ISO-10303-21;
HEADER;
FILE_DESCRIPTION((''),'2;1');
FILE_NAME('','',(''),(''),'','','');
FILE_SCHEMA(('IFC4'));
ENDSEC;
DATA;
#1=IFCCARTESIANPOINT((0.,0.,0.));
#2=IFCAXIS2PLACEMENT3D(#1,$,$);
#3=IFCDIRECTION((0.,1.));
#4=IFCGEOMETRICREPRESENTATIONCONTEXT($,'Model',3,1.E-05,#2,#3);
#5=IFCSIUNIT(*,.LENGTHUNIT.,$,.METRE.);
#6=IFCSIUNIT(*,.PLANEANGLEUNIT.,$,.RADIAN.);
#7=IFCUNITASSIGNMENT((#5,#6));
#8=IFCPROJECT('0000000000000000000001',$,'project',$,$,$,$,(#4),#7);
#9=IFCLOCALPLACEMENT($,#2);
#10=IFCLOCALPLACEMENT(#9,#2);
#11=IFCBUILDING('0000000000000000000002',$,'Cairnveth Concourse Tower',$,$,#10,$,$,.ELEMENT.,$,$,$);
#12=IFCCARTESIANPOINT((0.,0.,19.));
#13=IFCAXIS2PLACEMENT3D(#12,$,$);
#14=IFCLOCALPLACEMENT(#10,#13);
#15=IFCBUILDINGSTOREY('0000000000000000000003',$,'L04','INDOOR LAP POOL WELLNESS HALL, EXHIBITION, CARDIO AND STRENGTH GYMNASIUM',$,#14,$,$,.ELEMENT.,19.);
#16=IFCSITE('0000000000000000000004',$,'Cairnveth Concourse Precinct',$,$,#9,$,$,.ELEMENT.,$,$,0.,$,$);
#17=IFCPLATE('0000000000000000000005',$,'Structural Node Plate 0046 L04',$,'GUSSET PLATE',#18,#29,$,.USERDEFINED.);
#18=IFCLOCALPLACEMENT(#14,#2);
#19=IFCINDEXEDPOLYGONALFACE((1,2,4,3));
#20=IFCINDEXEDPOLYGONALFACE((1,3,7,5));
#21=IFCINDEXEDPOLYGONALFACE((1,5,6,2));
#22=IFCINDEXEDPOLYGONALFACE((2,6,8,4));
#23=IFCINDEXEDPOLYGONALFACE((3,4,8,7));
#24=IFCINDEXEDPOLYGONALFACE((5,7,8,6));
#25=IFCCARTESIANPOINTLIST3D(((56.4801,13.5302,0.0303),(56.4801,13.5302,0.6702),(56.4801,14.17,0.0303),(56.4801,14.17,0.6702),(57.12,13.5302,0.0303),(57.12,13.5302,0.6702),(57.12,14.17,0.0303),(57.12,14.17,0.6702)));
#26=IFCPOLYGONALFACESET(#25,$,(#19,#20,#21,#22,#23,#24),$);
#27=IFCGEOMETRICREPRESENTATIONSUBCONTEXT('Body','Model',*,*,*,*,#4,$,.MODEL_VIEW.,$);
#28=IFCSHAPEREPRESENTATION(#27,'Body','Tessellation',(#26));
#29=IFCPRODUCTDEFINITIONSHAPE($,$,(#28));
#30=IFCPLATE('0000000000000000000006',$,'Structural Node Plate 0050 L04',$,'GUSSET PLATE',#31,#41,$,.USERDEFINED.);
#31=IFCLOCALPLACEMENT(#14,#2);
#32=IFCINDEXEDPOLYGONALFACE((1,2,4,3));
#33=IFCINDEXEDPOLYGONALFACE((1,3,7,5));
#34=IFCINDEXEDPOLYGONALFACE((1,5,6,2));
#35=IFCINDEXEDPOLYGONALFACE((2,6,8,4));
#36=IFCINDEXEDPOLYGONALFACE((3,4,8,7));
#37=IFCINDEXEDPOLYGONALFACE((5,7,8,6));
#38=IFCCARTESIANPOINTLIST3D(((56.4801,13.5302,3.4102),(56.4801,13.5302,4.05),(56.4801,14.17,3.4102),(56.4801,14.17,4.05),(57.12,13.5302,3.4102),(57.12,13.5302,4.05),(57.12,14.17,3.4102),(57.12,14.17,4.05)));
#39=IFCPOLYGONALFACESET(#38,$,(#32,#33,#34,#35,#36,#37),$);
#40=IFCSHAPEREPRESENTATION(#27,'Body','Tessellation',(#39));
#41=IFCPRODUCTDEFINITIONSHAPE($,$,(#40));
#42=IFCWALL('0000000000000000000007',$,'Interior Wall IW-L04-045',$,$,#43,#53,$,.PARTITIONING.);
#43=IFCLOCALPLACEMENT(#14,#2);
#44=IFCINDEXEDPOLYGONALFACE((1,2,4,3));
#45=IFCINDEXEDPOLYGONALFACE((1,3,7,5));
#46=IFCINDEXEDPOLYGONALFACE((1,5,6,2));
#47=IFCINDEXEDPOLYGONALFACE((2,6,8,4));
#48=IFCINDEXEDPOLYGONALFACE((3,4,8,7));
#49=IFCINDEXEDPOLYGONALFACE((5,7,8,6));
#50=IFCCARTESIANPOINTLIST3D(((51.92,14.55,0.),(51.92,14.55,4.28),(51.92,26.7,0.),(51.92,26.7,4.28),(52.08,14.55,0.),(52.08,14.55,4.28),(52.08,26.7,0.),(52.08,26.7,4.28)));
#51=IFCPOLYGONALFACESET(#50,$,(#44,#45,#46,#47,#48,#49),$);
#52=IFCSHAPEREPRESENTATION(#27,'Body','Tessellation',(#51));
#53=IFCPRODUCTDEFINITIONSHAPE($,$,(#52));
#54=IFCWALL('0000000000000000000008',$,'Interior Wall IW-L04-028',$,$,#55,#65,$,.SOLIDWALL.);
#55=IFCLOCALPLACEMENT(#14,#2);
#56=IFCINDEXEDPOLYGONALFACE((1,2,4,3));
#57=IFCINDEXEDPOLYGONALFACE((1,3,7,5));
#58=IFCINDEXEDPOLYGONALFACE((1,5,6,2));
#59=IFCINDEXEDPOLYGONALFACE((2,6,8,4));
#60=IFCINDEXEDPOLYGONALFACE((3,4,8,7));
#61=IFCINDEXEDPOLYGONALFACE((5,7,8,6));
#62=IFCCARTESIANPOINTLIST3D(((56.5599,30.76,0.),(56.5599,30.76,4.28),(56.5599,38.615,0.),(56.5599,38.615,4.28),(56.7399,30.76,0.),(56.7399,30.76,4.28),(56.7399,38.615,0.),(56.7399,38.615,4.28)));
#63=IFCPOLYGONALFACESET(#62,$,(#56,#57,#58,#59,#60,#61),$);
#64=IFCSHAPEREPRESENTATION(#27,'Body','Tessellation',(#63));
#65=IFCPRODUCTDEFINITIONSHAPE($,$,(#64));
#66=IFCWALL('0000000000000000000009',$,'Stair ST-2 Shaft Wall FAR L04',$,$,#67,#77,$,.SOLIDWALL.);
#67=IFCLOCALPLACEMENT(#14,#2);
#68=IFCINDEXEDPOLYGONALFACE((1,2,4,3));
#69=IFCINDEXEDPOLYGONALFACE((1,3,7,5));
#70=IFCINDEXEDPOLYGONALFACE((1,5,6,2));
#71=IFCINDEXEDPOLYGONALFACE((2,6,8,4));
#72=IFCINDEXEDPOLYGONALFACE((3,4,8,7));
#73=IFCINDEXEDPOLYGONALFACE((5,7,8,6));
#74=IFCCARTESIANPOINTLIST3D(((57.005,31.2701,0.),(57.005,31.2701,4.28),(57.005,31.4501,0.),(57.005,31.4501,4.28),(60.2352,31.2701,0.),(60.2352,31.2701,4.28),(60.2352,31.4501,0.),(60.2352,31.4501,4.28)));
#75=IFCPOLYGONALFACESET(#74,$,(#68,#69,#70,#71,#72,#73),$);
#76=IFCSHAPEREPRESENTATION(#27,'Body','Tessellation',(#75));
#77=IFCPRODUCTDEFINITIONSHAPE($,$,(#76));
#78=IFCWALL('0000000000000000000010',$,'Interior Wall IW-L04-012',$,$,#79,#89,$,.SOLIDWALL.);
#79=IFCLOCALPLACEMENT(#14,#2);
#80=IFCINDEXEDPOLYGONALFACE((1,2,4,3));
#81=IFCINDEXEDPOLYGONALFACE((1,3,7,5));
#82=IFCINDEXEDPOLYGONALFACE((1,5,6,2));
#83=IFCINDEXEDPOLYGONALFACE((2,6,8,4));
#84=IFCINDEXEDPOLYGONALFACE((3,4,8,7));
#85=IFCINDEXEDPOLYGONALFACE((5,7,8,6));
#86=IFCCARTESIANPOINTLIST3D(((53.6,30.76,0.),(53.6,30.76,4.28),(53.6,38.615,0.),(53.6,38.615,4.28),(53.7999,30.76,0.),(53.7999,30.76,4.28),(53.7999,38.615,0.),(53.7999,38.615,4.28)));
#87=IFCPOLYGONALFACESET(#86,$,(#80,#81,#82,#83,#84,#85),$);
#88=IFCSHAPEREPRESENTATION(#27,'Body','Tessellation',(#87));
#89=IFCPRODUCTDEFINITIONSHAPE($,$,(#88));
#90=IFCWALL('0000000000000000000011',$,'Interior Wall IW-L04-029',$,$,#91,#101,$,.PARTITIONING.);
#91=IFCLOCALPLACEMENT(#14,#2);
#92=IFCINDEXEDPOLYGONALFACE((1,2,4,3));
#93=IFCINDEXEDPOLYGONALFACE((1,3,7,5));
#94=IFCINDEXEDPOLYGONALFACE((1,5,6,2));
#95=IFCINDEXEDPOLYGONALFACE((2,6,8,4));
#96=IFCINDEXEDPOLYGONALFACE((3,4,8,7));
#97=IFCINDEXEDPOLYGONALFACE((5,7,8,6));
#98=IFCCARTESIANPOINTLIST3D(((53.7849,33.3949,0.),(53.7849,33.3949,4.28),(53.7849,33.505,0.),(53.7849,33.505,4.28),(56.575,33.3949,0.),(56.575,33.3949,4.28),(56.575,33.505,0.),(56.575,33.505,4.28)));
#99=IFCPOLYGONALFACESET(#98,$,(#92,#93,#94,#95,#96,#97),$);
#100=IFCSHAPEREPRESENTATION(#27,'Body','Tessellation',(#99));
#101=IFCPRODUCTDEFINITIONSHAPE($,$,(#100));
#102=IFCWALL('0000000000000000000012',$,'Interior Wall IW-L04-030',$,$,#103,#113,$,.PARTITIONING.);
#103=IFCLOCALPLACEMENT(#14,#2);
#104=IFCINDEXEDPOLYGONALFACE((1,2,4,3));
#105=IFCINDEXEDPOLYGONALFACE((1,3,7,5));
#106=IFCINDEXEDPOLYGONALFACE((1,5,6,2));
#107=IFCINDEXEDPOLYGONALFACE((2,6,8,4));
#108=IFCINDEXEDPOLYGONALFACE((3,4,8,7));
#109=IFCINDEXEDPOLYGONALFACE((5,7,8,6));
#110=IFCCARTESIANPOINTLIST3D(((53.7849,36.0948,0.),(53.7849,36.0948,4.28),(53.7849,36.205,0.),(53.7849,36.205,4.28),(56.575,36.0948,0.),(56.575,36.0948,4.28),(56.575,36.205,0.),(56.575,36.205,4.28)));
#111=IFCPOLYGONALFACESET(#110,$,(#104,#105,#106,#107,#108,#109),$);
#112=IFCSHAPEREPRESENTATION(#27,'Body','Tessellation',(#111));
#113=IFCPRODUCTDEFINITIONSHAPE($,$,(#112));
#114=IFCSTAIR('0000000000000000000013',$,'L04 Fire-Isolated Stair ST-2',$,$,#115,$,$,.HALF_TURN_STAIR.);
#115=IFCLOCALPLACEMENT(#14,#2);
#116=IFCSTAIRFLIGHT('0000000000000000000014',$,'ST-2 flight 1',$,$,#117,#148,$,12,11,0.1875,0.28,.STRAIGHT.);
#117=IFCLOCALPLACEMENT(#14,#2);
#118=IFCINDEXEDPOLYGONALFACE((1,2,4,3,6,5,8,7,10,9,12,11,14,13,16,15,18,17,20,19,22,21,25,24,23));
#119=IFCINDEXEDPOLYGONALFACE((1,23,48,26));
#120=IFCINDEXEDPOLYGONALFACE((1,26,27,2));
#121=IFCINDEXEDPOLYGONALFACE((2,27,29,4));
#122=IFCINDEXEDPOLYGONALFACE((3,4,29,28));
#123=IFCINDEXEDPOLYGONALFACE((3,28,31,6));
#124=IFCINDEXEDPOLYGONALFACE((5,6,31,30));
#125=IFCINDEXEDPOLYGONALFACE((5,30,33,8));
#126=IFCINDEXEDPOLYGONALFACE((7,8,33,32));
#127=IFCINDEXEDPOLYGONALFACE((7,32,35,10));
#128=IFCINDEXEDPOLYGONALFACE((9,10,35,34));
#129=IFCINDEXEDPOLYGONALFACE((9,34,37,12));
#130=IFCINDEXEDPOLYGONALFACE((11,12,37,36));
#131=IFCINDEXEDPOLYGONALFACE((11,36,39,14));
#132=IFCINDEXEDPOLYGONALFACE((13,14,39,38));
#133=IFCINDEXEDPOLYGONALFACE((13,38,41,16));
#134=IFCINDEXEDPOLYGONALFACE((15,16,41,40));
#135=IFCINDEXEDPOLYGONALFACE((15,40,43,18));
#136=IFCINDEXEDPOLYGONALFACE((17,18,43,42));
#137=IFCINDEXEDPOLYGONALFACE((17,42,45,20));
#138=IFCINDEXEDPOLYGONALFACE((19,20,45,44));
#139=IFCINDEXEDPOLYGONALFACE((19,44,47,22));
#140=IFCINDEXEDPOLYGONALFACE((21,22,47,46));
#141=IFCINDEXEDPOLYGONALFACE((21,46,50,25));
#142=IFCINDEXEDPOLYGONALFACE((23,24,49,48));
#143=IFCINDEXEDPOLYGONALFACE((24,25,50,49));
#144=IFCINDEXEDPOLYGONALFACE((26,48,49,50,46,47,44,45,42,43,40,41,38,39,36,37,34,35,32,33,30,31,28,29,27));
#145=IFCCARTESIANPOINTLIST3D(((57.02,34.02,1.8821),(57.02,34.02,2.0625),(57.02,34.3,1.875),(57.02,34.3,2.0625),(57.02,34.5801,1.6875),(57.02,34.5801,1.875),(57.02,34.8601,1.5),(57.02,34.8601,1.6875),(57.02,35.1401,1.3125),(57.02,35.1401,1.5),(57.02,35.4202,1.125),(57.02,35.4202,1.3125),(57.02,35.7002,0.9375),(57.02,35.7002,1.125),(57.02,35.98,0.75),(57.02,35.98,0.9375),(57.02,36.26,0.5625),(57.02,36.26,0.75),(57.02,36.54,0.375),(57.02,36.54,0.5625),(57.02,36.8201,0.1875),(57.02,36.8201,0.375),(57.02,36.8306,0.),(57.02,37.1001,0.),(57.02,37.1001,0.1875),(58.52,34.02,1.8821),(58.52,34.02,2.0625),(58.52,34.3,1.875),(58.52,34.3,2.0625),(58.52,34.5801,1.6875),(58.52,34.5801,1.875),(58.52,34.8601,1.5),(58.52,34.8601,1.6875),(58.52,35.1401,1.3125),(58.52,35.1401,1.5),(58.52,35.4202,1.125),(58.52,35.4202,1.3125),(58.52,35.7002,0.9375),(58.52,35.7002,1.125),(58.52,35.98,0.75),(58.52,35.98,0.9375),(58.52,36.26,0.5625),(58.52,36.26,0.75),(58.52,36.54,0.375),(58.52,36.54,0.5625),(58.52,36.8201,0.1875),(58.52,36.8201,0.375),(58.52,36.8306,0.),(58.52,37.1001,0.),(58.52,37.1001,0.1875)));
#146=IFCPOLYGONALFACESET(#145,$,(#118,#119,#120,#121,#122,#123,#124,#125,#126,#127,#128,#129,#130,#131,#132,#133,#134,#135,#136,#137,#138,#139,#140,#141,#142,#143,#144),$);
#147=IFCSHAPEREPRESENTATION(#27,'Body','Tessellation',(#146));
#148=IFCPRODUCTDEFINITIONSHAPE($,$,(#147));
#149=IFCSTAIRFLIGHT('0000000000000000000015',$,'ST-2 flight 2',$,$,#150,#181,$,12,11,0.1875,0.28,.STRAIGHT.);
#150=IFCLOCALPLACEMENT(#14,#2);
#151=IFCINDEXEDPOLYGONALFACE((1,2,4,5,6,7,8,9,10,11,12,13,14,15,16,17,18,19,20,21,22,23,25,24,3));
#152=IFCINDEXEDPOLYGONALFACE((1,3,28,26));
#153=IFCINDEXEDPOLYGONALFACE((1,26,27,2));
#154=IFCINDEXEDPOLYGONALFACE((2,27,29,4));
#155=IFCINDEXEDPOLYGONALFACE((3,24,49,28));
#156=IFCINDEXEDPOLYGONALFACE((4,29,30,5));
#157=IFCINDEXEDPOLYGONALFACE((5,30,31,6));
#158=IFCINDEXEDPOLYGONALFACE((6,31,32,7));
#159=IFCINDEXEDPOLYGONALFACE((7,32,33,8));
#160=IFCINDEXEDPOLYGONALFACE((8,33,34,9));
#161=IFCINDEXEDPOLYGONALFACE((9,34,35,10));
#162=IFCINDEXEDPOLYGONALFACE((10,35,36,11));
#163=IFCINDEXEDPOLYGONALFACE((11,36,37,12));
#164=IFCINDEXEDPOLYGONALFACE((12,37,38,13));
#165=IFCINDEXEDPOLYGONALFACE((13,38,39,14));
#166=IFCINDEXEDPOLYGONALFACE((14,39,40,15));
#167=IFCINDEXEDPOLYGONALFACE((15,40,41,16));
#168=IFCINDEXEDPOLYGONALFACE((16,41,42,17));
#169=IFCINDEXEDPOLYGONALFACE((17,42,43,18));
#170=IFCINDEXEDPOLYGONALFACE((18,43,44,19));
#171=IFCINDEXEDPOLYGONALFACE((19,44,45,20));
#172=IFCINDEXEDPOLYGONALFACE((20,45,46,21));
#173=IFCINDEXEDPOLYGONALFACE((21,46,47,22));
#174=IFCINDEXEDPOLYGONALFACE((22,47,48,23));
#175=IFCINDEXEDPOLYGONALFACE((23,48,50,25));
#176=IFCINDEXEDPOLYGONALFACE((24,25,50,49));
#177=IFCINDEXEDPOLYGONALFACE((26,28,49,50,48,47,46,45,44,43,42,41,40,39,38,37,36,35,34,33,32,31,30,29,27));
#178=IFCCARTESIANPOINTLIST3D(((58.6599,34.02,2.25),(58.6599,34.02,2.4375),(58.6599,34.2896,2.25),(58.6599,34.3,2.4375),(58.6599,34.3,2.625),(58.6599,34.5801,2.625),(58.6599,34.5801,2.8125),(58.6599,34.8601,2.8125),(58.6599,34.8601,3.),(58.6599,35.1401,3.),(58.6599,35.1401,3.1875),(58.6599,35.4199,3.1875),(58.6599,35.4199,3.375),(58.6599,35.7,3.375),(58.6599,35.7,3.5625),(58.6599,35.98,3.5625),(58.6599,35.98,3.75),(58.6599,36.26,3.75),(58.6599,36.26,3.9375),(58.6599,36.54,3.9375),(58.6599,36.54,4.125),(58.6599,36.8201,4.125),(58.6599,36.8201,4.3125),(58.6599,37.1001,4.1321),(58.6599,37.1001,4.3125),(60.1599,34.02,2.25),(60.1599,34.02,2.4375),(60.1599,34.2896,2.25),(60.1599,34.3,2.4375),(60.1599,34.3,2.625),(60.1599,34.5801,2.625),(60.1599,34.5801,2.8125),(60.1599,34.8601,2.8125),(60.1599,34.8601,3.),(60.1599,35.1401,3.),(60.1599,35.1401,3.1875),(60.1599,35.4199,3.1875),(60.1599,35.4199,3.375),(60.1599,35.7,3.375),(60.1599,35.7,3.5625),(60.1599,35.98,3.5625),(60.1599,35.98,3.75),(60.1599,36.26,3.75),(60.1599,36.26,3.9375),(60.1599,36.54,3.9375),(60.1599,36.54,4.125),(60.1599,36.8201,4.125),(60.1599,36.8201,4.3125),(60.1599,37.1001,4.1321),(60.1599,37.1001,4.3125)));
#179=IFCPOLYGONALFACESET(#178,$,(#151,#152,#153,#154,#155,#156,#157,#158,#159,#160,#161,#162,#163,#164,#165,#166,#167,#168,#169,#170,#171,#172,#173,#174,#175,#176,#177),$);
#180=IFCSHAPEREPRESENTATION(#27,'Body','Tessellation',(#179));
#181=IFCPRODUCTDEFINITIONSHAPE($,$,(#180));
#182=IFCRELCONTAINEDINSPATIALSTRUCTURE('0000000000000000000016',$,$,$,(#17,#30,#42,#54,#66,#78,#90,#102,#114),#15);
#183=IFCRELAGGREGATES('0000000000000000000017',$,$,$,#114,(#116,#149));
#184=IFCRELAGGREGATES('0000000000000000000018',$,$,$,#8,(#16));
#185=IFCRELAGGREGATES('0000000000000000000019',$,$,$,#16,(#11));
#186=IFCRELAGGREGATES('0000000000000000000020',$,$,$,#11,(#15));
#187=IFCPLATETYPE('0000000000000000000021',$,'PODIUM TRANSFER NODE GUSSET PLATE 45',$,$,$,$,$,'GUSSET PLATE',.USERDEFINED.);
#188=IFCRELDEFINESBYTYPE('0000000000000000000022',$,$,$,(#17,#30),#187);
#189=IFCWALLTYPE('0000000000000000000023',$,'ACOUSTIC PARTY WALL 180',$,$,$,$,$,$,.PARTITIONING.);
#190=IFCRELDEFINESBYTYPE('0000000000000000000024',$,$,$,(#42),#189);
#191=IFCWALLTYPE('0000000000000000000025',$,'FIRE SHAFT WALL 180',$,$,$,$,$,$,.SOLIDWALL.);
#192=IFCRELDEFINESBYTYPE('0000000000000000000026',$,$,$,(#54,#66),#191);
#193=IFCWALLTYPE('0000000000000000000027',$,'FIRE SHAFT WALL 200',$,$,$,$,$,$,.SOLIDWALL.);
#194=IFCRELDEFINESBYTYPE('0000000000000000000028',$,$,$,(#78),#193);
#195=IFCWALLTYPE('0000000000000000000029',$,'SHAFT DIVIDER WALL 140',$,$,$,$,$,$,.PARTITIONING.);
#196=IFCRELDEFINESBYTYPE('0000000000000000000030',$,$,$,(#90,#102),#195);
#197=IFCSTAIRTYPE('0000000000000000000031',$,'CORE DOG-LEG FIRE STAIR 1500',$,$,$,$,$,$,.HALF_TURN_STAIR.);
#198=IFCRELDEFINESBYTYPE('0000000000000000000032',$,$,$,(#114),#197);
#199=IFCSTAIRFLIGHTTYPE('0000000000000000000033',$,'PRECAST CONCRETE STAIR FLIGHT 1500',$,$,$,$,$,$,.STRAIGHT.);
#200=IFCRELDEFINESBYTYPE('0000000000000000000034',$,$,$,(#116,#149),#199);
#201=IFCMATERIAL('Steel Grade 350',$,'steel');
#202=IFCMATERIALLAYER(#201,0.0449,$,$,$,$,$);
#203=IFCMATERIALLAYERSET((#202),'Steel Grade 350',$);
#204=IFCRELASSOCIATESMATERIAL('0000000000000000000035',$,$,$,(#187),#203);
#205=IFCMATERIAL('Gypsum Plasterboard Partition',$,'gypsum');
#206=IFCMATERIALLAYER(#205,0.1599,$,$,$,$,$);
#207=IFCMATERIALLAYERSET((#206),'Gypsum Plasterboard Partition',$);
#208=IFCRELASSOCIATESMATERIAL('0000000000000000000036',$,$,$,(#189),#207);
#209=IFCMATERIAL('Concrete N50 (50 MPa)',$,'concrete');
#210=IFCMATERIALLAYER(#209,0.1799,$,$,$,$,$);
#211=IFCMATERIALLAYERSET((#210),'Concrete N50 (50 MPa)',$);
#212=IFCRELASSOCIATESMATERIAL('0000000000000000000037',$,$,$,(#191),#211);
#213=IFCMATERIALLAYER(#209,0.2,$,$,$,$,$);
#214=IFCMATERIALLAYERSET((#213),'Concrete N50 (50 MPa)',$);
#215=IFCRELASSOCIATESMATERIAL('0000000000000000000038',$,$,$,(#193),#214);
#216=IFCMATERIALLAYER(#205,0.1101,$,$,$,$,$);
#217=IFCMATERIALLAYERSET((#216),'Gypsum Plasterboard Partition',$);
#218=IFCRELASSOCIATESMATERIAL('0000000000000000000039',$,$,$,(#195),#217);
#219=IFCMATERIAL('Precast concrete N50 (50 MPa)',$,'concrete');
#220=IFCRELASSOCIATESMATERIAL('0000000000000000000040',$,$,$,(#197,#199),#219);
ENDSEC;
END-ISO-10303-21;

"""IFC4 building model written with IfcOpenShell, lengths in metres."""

from ifc_helpers import new_model, si_unit, direction, frame, frame_2d, origin, origin_2d, place, context, subcontext, project, spatial, polyline, rectangle, outline, extrude, material, layer, layer_set, type_object, element, aggregate, save


model = new_model("IFC4")

# Units and contexts
model_context = context("Model", 3, precision=1e-05, world=origin(), true_north=direction((0.0, 1.0)))
body_context = subcontext(model_context, "Body", "Model", "MODEL_VIEW")
ifc_project = project(units=[si_unit("LENGTHUNIT", "METRE"), si_unit("PLANEANGLEUNIT", "RADIAN")], contexts=[model_context])

# Site, building, storey
site_placement = place(None, origin())
site = spatial("IfcSite", under=ifc_project, at=site_placement, Name="Cairnveth Concourse Precinct", CompositionType="ELEMENT", RefElevation=0.0)
building_placement = place(site_placement, origin())
building = spatial("IfcBuilding", under=site, at=building_placement, Name="Cairnveth Concourse Tower", CompositionType="ELEMENT")
storey_placement = place(building_placement, frame((0.0, 0.0, 19.0)))
storey = spatial("IfcBuildingStorey", under=building, at=storey_placement, Name="L04", Description="INDOOR LAP POOL WELLNESS HALL, EXHIBITION, CARDIO AND STRENGTH GYMNASIUM", CompositionType="ELEMENT", Elevation=19.0)

# Shared definitions
ifc_material_1 = material(Name="Steel Grade 350", Category="steel")

# Plates
ifc_layer_1 = layer(ifc_material_1, 0.0449)
ifc_layer_set_1 = layer_set([ifc_layer_1], Name="Steel Grade 350")
plate_type = type_object("IfcPlateType", Name="PODIUM TRANSFER NODE GUSSET PLATE 45", ElementType="GUSSET PLATE", PredefinedType="USERDEFINED", material=ifc_layer_set_1)
for number, where, z_axis, x_axis, name in (
    (1, (56.8, 13.8501, 0.0303), (0.0, 0.0, 1.0), (1.0, 0.0, 0.0), "Structural Node Plate 0046 L04"),
    (2, (56.8, 13.8501, 3.4102), (0.0, 0.0, 1.0), (1.0, 0.0, 0.0), "Structural Node Plate 0050 L04"),
):
    element("IfcPlate", number, at=place(storey_placement, frame(where, z_axis=z_axis, x_axis=x_axis)), inside=storey, type_object=plate_type, Name=name, ObjectType="GUSSET PLATE", PredefinedType="USERDEFINED", context=body_context, shape_type="SweptSolid", body=[
        extrude(rectangle(XDim=0.6399, YDim=0.6399, at=origin_2d()), origin(), (0.0, 0.0, 1.0), 0.6399),
    ])

# Walls
ifc_material_2 = material(Name="Gypsum Plasterboard Partition", Category="gypsum")
ifc_layer_2 = layer(ifc_material_2, 0.1599)
ifc_layer_set_2 = layer_set([ifc_layer_2], Name="Gypsum Plasterboard Partition")
wall_type_1 = type_object("IfcWallType", Name="ACOUSTIC PARTY WALL 180", PredefinedType="PARTITIONING", material=ifc_layer_set_2)
wall_1_placement = place(storey_placement, frame((52.0, 14.55, 0.0), z_axis=(0.0, 0.0, 1.0), x_axis=(0.0, 1.0, 0.0)))
element("IfcWall", 3, at=wall_1_placement, inside=storey, type_object=wall_type_1, Name="Interior Wall IW-L04-045", PredefinedType="PARTITIONING", context=body_context, shape_type="SweptSolid", body=[
    extrude(rectangle(XDim=12.1499, YDim=0.1599, at=frame_2d((6.075, 0.0))), origin(), (0.0, 0.0, 1.0), 4.28),
])
ifc_material_3 = material(Name="Concrete N50 (50 MPa)", Category="concrete")
ifc_layer_3 = layer(ifc_material_3, 0.1799)
ifc_layer_set_3 = layer_set([ifc_layer_3], Name="Concrete N50 (50 MPa)")
wall_type_2 = type_object("IfcWallType", Name="FIRE SHAFT WALL 180", PredefinedType="SOLIDWALL", material=ifc_layer_set_3)
wall_2_placement = place(storey_placement, frame((56.6499, 30.76, 0.0), z_axis=(0.0, 0.0, 1.0), x_axis=(0.0, 1.0, 0.0)))
element("IfcWall", 4, at=wall_2_placement, inside=storey, type_object=wall_type_2, Name="Interior Wall IW-L04-028", PredefinedType="SOLIDWALL", context=body_context, shape_type="SweptSolid", body=[
    extrude(rectangle(XDim=7.855, YDim=0.1799, at=frame_2d((3.9275, 0.0))), origin(), (0.0, 0.0, 1.0), 4.28),
])
wall_3_placement = place(storey_placement, frame((57.0049, 31.3601, 0.0), z_axis=(0.0, 0.0, 1.0), x_axis=(1.0, 0.0, 0.0)))
element("IfcWall", 5, at=wall_3_placement, inside=storey, type_object=wall_type_2, Name="Stair ST-2 Shaft Wall FAR L04", PredefinedType="SOLIDWALL", context=body_context, shape_type="SweptSolid", body=[
    extrude(rectangle(XDim=3.2302, YDim=0.1799, at=frame_2d((1.6152, 0.0))), origin(), (0.0, 0.0, 1.0), 4.28),
])
ifc_layer_4 = layer(ifc_material_3, 0.2)
ifc_layer_set_4 = layer_set([ifc_layer_4], Name="Concrete N50 (50 MPa)")
wall_type_3 = type_object("IfcWallType", Name="FIRE SHAFT WALL 200", PredefinedType="SOLIDWALL", material=ifc_layer_set_4)
wall_4_placement = place(storey_placement, frame((53.7, 30.76, 0.0), z_axis=(0.0, 0.0, 1.0), x_axis=(0.0, 1.0, 0.0)))
element("IfcWall", 6, at=wall_4_placement, inside=storey, type_object=wall_type_3, Name="Interior Wall IW-L04-012", PredefinedType="SOLIDWALL", context=body_context, shape_type="SweptSolid", body=[
    extrude(rectangle(XDim=7.855, YDim=0.2, at=frame_2d((3.9275, 0.0))), origin(), (0.0, 0.0, 1.0), 4.28),
])
ifc_layer_5 = layer(ifc_material_2, 0.1101)
ifc_layer_set_5 = layer_set([ifc_layer_5], Name="Gypsum Plasterboard Partition")
wall_type_4 = type_object("IfcWallType", Name="SHAFT DIVIDER WALL 140", PredefinedType="PARTITIONING", material=ifc_layer_set_5)
for number, where, z_axis, x_axis, name in (
    (7, (53.7849, 33.45, 0.0), (0.0, 0.0, 1.0), (1.0, 0.0, 0.0), "Interior Wall IW-L04-029"),
    (8, (53.7849, 36.1499, 0.0), (0.0, 0.0, 1.0), (1.0, 0.0, 0.0), "Interior Wall IW-L04-030"),
):
    element("IfcWall", number, at=place(storey_placement, frame(where, z_axis=z_axis, x_axis=x_axis)), inside=storey, type_object=wall_type_4, Name=name, PredefinedType="PARTITIONING", context=body_context, shape_type="SweptSolid", body=[
        extrude(rectangle(XDim=2.79, YDim=0.1101, at=frame_2d((1.395, 0.0))), origin(), (0.0, 0.0, 1.0), 4.28),
    ])

# Stair, stair flights
ifc_material_4 = material(Name="Precast concrete N50 (50 MPa)", Category="concrete")
stair_type = type_object("IfcStairType", Name="CORE DOG-LEG FIRE STAIR 1500", PredefinedType="HALF_TURN_STAIR", material=ifc_material_4)
stair_placement = place(storey_placement, origin())
stair = element("IfcStair", 9, at=stair_placement, inside=storey, type_object=stair_type, Name="L04 Fire-Isolated Stair ST-2", PredefinedType="HALF_TURN_STAIR")
stair_flight_type = type_object("IfcStairFlightType", Name="PRECAST CONCRETE STAIR FLIGHT 1500", PredefinedType="STRAIGHT", material=ifc_material_4)
stair_flight_1_placement = place(storey_placement, frame((57.77, 37.1001, 0.0), z_axis=(0.0, 0.0, 1.0), x_axis=(0.0, -1.0, 0.0)))
stair_flight_1 = element("IfcStairFlight", 10, at=stair_flight_1_placement, type_object=stair_flight_type, Name="ST-2 flight 1", NumberOfRisers=12, NumberOfTreads=11, PredefinedType="STRAIGHT", RiserHeight=0.1875, TreadLength=0.28, context=body_context, shape_type="SweptSolid", body=[
    extrude(outline(polyline([(0.0, 0.0), (0.0, 0.1875), (0.28, 0.1875), (0.28, 0.375), (0.5601, 0.375), (0.5601, 0.5625), (0.8401, 0.5625), (0.8401, 0.75), (1.1201, 0.75), (1.1201, 0.9375), (1.3999, 0.9375), (1.3999, 1.125), (1.6799, 1.125), (1.6799, 1.3125), (1.96, 1.3125), (1.96, 1.5), (2.24, 1.5), (2.24, 1.6875), (2.52, 1.6875), (2.52, 1.875), (2.8, 1.875), (2.8, 2.0625), (3.0801, 2.0625), (3.0801, 2.25), (3.0801, 1.8821), (0.2695, 0.0), (0.0, 0.0)])), frame((0.0, 0.75, 0.0), z_axis=(0.0, -1.0, 0.0), x_axis=(1.0, 0.0, 0.0)), (0.0, 0.0, 1.0), 1.5),
])
stair_flight_2_placement = place(storey_placement, frame((59.4099, 34.02, 2.25), z_axis=(0.0, 0.0, 1.0), x_axis=(0.0, 1.0, 0.0)))
stair_flight_2 = element("IfcStairFlight", 11, at=stair_flight_2_placement, type_object=stair_flight_type, Name="ST-2 flight 2", NumberOfRisers=12, NumberOfTreads=11, PredefinedType="STRAIGHT", RiserHeight=0.1875, TreadLength=0.28, context=body_context, shape_type="SweptSolid", body=[
    extrude(outline(polyline([(0.0, 0.0), (0.0, 0.1875), (0.28, 0.1875), (0.28, 0.375), (0.5601, 0.375), (0.5601, 0.5625), (0.8401, 0.5625), (0.8401, 0.75), (1.1201, 0.75), (1.1201, 0.9375), (1.3999, 0.9375), (1.3999, 1.125), (1.6799, 1.125), (1.6799, 1.3125), (1.96, 1.3125), (1.96, 1.5), (2.24, 1.5), (2.24, 1.6875), (2.52, 1.6875), (2.52, 1.875), (2.8, 1.875), (2.8, 2.0625), (3.0801, 2.0625), (3.0801, 2.25), (3.0801, 1.8821), (0.2695, 0.0), (0.0, 0.0)])), frame((0.0, 0.75, 0.0), z_axis=(0.0, -1.0, 0.0), x_axis=(1.0, 0.0, 0.0)), (0.0, 0.0, 1.0), 1.5),
])
aggregate(stair, [stair_flight_1, stair_flight_2])

save(model, "model.ifc")
